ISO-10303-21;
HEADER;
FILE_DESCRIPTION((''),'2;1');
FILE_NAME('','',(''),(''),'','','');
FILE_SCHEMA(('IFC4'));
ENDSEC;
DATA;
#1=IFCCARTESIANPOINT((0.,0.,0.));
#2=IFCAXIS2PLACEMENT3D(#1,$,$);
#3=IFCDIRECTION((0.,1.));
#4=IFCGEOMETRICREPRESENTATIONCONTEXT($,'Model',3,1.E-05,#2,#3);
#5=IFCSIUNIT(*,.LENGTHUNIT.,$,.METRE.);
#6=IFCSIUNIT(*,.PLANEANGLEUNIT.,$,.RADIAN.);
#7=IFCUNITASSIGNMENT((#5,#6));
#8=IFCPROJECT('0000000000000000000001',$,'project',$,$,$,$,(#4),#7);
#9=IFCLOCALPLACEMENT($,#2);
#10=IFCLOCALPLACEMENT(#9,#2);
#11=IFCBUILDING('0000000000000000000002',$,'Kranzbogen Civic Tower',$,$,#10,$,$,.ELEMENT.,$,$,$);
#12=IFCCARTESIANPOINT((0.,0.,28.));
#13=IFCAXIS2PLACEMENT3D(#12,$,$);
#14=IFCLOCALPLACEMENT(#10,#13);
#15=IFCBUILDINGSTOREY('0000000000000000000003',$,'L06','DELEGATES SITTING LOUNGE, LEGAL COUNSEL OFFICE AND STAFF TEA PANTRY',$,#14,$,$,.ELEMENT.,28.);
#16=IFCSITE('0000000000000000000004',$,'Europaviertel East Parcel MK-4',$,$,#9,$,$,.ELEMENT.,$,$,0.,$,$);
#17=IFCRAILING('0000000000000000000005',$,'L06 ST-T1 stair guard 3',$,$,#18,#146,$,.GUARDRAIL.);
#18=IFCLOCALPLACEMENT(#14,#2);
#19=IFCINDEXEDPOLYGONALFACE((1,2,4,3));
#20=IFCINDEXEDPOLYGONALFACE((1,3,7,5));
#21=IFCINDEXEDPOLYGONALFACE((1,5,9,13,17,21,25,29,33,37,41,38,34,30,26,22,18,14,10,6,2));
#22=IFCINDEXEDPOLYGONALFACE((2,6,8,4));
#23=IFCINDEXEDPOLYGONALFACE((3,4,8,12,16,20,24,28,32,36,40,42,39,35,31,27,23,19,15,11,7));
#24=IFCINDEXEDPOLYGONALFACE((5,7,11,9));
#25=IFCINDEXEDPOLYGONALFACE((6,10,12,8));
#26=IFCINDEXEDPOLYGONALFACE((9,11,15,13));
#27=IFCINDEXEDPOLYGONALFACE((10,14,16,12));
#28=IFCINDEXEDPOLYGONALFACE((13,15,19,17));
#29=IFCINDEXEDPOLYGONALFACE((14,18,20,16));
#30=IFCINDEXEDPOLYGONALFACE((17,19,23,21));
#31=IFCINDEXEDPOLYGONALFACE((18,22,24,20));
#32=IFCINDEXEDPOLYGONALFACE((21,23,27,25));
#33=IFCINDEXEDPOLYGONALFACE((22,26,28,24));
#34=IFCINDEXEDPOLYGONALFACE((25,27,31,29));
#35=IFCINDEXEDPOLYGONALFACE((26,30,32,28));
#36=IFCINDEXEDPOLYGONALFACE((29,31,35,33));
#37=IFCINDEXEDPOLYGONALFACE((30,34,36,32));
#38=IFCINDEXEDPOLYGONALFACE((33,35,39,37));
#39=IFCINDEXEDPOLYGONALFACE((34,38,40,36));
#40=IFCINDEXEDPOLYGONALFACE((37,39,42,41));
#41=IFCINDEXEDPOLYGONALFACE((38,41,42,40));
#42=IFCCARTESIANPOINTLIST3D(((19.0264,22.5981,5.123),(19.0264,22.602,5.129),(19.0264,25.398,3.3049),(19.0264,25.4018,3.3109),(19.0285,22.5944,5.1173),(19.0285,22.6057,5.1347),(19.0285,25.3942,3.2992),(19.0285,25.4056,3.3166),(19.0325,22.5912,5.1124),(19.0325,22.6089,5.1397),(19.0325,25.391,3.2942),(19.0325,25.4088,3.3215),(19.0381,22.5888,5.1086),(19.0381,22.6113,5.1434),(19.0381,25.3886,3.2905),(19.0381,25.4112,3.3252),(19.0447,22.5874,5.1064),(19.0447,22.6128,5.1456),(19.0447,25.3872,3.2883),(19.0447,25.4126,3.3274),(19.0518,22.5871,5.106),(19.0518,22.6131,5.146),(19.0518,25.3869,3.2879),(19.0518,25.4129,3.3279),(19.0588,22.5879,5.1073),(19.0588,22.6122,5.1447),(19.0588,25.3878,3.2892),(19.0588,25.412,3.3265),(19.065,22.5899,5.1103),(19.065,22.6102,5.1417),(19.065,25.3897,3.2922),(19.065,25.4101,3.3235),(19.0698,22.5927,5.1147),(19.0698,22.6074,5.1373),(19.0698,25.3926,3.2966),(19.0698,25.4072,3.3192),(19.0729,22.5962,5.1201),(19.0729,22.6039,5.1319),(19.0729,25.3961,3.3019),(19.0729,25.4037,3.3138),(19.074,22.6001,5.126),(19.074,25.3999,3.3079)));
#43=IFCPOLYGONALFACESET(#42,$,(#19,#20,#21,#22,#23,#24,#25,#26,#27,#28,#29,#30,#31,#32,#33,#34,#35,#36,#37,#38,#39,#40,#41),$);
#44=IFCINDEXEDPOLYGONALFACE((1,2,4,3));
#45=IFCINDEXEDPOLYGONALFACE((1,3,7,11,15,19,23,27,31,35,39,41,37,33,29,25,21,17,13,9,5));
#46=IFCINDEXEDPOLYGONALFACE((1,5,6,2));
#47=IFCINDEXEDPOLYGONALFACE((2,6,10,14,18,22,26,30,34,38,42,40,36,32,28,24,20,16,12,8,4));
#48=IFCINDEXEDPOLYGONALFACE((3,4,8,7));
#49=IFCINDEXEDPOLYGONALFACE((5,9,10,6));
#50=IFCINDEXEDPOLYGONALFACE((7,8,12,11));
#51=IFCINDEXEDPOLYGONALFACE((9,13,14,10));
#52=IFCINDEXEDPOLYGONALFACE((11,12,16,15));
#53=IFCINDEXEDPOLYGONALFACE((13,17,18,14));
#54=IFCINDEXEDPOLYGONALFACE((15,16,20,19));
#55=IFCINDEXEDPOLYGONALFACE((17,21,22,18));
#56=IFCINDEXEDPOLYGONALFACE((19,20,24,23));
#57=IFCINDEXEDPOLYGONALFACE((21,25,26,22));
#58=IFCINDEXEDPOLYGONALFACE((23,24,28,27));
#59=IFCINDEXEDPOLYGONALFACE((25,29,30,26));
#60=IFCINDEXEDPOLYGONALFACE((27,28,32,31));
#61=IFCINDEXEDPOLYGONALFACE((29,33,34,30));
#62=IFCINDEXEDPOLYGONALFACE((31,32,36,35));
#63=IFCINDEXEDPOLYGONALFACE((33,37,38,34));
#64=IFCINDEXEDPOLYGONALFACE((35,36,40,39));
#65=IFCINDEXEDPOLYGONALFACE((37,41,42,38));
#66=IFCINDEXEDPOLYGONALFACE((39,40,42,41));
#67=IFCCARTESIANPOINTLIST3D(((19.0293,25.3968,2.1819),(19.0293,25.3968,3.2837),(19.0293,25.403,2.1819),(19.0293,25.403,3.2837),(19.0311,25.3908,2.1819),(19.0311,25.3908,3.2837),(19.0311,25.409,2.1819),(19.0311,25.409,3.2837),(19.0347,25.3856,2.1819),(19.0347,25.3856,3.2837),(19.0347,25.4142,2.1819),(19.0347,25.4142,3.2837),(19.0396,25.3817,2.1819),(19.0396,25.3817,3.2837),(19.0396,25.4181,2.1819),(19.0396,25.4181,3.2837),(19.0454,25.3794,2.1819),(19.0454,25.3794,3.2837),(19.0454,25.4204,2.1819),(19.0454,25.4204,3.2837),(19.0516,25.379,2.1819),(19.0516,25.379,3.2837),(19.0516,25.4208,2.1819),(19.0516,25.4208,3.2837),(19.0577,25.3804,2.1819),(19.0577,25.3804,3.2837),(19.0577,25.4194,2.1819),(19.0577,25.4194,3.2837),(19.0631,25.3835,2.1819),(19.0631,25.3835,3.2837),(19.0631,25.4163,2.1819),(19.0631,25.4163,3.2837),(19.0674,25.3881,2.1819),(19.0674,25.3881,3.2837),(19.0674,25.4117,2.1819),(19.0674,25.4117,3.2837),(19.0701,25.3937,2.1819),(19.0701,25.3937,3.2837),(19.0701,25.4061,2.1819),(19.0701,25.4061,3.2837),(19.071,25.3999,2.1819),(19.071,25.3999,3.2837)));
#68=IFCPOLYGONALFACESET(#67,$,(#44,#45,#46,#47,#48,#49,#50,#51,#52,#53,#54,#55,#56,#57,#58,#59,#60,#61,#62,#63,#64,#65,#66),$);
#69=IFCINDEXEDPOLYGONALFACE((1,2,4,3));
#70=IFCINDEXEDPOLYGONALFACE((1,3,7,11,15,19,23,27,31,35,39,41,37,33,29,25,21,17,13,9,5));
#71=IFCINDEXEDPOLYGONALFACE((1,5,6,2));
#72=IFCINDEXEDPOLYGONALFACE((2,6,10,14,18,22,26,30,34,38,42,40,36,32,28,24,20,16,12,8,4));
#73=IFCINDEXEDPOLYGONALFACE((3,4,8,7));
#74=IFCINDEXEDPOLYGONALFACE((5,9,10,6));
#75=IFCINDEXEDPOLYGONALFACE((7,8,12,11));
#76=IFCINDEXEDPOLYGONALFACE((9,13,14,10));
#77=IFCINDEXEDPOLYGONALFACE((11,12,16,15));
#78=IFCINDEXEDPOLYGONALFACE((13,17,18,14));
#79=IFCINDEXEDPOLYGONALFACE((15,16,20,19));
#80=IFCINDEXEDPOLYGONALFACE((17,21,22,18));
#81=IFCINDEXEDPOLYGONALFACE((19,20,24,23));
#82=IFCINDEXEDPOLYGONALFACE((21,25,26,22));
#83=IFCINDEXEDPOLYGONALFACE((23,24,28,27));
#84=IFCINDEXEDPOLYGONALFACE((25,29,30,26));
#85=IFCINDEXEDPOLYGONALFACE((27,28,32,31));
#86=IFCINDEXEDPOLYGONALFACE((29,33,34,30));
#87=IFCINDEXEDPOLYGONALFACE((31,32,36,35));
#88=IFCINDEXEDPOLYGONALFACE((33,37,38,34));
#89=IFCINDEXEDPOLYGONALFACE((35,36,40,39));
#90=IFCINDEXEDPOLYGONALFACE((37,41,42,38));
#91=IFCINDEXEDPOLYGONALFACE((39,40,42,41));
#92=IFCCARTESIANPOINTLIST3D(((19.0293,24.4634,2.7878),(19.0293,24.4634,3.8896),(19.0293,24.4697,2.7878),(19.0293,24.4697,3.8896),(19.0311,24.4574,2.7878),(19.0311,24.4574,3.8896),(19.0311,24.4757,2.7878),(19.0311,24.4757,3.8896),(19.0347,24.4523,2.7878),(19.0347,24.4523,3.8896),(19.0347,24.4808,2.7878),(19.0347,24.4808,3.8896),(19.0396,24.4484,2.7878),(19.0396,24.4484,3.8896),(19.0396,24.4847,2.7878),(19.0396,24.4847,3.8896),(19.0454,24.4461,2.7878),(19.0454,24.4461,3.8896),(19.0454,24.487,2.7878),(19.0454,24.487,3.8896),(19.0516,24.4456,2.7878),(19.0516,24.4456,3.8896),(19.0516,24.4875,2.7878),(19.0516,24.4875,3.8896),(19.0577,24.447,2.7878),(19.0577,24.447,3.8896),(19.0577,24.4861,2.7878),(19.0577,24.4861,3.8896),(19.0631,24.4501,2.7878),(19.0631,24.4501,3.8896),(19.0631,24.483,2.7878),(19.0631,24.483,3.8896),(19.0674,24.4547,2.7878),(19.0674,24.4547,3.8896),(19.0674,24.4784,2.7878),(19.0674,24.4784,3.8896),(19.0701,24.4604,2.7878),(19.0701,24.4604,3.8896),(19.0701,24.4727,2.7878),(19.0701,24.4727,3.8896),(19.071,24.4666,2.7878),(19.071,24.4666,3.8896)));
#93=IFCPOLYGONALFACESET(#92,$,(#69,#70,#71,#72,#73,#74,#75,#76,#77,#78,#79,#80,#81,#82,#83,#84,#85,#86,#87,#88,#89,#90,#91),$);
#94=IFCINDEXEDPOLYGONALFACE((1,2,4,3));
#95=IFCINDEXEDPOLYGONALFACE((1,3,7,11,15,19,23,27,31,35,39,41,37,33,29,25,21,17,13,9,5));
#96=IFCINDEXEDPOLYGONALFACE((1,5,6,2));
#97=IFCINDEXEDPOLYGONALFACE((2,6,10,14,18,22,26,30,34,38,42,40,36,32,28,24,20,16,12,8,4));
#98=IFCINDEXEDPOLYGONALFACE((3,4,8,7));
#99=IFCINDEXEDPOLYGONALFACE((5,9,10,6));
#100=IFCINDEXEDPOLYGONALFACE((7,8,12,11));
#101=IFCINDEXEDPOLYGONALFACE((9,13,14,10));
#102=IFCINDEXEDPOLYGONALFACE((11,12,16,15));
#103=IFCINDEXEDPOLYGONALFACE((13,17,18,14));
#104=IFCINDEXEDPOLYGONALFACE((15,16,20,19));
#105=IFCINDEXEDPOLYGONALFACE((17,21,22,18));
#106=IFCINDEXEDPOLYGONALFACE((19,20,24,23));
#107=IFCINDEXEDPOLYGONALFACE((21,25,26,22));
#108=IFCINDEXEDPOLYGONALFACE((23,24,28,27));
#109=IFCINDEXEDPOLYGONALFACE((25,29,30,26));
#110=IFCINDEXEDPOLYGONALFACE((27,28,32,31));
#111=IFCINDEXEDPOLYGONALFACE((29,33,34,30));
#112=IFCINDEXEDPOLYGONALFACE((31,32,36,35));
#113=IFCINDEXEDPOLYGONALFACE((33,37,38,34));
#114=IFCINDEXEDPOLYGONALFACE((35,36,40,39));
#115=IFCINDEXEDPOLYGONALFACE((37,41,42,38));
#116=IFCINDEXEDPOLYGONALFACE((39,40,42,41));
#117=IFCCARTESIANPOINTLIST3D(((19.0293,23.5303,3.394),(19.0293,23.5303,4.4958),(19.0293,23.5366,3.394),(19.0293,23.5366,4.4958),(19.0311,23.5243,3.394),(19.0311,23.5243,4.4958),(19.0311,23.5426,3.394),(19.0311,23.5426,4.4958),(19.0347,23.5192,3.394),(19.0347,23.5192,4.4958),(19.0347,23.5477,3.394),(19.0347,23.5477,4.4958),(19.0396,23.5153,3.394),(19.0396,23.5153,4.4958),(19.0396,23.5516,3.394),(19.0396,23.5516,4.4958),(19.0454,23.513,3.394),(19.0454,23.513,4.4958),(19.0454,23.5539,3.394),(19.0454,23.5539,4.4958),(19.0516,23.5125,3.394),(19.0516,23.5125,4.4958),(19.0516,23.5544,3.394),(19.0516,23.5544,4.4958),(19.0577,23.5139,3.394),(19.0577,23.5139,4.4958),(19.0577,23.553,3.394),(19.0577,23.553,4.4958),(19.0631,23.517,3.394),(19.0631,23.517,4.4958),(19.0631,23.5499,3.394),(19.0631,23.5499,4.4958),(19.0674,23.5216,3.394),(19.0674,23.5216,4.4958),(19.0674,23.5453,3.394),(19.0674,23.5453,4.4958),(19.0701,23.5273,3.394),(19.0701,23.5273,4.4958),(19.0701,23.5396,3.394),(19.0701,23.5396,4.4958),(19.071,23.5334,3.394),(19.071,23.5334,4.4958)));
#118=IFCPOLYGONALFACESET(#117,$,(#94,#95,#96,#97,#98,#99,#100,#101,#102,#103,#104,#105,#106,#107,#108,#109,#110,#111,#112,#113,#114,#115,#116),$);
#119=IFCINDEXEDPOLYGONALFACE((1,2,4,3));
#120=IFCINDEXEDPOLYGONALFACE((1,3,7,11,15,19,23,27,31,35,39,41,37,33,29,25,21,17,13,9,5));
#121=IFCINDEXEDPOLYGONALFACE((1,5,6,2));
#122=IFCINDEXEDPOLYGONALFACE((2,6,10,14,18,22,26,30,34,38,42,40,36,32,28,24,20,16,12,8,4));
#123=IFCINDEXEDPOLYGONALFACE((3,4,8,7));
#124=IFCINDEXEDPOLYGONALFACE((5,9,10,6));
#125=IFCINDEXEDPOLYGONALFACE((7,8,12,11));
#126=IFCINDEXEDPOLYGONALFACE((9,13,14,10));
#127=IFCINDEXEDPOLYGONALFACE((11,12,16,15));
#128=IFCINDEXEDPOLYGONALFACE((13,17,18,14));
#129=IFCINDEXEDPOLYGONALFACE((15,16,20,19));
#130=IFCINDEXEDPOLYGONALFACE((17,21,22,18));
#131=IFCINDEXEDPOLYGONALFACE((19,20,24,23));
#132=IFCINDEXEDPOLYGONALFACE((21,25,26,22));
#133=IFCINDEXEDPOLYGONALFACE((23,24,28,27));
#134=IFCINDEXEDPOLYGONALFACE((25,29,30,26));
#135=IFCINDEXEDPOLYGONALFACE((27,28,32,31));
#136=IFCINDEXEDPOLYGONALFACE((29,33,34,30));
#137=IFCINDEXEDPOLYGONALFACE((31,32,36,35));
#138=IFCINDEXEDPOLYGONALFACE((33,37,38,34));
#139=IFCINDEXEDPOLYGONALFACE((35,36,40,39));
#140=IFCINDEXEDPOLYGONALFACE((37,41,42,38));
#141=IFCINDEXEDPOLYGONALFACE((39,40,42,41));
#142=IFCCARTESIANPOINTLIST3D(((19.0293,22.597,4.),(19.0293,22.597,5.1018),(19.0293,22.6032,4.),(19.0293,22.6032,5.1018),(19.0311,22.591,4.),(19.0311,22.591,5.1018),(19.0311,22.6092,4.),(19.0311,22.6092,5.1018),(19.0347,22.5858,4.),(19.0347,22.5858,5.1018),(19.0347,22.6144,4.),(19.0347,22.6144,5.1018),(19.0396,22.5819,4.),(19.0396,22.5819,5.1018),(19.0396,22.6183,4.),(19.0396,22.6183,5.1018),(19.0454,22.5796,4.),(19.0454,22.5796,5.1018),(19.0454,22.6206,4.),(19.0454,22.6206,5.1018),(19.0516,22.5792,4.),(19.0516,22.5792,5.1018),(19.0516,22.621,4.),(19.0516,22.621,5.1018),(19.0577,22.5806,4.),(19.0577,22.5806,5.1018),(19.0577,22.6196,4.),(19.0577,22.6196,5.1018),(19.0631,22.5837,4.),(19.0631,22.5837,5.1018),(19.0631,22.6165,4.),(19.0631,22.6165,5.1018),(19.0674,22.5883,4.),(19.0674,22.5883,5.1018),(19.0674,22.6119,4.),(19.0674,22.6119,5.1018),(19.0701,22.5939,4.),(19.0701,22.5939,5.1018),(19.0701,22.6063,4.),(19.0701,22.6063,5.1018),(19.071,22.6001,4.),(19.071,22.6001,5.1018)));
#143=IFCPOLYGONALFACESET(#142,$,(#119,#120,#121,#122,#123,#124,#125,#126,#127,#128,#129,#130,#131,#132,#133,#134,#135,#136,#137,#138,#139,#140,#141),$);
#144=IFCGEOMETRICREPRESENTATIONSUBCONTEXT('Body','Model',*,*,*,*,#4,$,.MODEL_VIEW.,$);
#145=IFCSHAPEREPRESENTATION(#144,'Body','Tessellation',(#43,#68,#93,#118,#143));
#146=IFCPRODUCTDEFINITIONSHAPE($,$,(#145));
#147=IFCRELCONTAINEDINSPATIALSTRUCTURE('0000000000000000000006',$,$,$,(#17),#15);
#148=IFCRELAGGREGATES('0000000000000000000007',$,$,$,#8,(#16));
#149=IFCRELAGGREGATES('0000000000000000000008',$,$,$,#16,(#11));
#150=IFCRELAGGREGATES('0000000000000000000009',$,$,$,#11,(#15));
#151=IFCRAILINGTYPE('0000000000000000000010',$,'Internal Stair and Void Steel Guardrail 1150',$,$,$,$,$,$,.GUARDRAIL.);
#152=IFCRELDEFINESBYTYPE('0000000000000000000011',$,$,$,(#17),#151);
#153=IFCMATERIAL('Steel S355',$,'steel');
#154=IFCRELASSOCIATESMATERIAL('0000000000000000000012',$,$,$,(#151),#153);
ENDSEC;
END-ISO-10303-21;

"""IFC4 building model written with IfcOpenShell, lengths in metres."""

from ifc_helpers import new_model, si_unit, direction, frame, origin, origin_2d, place, context, subcontext, project, spatial, circle, extrude, material, type_object, element, save


model = new_model("IFC4")

# Units and contexts
model_context = context("Model", 3, precision=1e-05, world=origin(), true_north=direction((0.0, 1.0)))
body_context = subcontext(model_context, "Body", "Model", "MODEL_VIEW")
ifc_project = project(units=[si_unit("LENGTHUNIT", "METRE"), si_unit("PLANEANGLEUNIT", "RADIAN")], contexts=[model_context])

# Site, building, storey
site_placement = place(None, origin())
site = spatial("IfcSite", under=ifc_project, at=site_placement, Name="Europaviertel East Parcel MK-4", CompositionType="ELEMENT", RefElevation=0.0)
building_placement = place(site_placement, origin())
building = spatial("IfcBuilding", under=site, at=building_placement, Name="Kranzbogen Civic Tower", CompositionType="ELEMENT")
storey_placement = place(building_placement, frame((0.0, 0.0, 28.0)))
storey = spatial("IfcBuildingStorey", under=building, at=storey_placement, Name="L06", Description="DELEGATES SITTING LOUNGE, LEGAL COUNSEL OFFICE AND STAFF TEA PANTRY", CompositionType="ELEMENT", Elevation=28.0)

# Shared definitions
ifc_material_1 = material(Name="Steel S355", Category="steel")

# Railing
railing_type_1 = type_object("IfcRailingType", Name="Internal Stair and Void Steel Guardrail 1150", PredefinedType="GUARDRAIL", material=ifc_material_1)
railing_1_placement = place(storey_placement, frame((19.05, 25.3999, 2.1819)))
element("IfcRailing", 1, at=railing_1_placement, inside=storey, type_object=railing_type_1, Name="L06 ST-T1 stair guard 3", PredefinedType="GUARDRAIL", context=body_context, shape_type="SweptSolid", body=[
    extrude(circle(Radius=0.0239, at=origin_2d()), frame((0.0, 0.0, 1.126), z_axis=(0.0, -0.838684, 0.544618), x_axis=(1.0, 0.0, 0.0)), (0.0, 0.0, 1.0), 3.3384),
    extrude(circle(Radius=0.021, at=origin_2d()), origin(), (0.0, 0.0, 1.0), 1.1018),
    extrude(circle(Radius=0.021, at=origin_2d()), frame((0.0, -0.9333, 0.606)), (0.0, 0.0, 1.0), 1.1018),
    extrude(circle(Radius=0.021, at=origin_2d()), frame((0.0, -1.8665, 1.2122)), (0.0, 0.0, 1.0), 1.1018),
    extrude(circle(Radius=0.021, at=origin_2d()), frame((0.0, -2.7998, 1.8181)), (0.0, 0.0, 1.0), 1.1018),
])

save(model, "model.ifc")
